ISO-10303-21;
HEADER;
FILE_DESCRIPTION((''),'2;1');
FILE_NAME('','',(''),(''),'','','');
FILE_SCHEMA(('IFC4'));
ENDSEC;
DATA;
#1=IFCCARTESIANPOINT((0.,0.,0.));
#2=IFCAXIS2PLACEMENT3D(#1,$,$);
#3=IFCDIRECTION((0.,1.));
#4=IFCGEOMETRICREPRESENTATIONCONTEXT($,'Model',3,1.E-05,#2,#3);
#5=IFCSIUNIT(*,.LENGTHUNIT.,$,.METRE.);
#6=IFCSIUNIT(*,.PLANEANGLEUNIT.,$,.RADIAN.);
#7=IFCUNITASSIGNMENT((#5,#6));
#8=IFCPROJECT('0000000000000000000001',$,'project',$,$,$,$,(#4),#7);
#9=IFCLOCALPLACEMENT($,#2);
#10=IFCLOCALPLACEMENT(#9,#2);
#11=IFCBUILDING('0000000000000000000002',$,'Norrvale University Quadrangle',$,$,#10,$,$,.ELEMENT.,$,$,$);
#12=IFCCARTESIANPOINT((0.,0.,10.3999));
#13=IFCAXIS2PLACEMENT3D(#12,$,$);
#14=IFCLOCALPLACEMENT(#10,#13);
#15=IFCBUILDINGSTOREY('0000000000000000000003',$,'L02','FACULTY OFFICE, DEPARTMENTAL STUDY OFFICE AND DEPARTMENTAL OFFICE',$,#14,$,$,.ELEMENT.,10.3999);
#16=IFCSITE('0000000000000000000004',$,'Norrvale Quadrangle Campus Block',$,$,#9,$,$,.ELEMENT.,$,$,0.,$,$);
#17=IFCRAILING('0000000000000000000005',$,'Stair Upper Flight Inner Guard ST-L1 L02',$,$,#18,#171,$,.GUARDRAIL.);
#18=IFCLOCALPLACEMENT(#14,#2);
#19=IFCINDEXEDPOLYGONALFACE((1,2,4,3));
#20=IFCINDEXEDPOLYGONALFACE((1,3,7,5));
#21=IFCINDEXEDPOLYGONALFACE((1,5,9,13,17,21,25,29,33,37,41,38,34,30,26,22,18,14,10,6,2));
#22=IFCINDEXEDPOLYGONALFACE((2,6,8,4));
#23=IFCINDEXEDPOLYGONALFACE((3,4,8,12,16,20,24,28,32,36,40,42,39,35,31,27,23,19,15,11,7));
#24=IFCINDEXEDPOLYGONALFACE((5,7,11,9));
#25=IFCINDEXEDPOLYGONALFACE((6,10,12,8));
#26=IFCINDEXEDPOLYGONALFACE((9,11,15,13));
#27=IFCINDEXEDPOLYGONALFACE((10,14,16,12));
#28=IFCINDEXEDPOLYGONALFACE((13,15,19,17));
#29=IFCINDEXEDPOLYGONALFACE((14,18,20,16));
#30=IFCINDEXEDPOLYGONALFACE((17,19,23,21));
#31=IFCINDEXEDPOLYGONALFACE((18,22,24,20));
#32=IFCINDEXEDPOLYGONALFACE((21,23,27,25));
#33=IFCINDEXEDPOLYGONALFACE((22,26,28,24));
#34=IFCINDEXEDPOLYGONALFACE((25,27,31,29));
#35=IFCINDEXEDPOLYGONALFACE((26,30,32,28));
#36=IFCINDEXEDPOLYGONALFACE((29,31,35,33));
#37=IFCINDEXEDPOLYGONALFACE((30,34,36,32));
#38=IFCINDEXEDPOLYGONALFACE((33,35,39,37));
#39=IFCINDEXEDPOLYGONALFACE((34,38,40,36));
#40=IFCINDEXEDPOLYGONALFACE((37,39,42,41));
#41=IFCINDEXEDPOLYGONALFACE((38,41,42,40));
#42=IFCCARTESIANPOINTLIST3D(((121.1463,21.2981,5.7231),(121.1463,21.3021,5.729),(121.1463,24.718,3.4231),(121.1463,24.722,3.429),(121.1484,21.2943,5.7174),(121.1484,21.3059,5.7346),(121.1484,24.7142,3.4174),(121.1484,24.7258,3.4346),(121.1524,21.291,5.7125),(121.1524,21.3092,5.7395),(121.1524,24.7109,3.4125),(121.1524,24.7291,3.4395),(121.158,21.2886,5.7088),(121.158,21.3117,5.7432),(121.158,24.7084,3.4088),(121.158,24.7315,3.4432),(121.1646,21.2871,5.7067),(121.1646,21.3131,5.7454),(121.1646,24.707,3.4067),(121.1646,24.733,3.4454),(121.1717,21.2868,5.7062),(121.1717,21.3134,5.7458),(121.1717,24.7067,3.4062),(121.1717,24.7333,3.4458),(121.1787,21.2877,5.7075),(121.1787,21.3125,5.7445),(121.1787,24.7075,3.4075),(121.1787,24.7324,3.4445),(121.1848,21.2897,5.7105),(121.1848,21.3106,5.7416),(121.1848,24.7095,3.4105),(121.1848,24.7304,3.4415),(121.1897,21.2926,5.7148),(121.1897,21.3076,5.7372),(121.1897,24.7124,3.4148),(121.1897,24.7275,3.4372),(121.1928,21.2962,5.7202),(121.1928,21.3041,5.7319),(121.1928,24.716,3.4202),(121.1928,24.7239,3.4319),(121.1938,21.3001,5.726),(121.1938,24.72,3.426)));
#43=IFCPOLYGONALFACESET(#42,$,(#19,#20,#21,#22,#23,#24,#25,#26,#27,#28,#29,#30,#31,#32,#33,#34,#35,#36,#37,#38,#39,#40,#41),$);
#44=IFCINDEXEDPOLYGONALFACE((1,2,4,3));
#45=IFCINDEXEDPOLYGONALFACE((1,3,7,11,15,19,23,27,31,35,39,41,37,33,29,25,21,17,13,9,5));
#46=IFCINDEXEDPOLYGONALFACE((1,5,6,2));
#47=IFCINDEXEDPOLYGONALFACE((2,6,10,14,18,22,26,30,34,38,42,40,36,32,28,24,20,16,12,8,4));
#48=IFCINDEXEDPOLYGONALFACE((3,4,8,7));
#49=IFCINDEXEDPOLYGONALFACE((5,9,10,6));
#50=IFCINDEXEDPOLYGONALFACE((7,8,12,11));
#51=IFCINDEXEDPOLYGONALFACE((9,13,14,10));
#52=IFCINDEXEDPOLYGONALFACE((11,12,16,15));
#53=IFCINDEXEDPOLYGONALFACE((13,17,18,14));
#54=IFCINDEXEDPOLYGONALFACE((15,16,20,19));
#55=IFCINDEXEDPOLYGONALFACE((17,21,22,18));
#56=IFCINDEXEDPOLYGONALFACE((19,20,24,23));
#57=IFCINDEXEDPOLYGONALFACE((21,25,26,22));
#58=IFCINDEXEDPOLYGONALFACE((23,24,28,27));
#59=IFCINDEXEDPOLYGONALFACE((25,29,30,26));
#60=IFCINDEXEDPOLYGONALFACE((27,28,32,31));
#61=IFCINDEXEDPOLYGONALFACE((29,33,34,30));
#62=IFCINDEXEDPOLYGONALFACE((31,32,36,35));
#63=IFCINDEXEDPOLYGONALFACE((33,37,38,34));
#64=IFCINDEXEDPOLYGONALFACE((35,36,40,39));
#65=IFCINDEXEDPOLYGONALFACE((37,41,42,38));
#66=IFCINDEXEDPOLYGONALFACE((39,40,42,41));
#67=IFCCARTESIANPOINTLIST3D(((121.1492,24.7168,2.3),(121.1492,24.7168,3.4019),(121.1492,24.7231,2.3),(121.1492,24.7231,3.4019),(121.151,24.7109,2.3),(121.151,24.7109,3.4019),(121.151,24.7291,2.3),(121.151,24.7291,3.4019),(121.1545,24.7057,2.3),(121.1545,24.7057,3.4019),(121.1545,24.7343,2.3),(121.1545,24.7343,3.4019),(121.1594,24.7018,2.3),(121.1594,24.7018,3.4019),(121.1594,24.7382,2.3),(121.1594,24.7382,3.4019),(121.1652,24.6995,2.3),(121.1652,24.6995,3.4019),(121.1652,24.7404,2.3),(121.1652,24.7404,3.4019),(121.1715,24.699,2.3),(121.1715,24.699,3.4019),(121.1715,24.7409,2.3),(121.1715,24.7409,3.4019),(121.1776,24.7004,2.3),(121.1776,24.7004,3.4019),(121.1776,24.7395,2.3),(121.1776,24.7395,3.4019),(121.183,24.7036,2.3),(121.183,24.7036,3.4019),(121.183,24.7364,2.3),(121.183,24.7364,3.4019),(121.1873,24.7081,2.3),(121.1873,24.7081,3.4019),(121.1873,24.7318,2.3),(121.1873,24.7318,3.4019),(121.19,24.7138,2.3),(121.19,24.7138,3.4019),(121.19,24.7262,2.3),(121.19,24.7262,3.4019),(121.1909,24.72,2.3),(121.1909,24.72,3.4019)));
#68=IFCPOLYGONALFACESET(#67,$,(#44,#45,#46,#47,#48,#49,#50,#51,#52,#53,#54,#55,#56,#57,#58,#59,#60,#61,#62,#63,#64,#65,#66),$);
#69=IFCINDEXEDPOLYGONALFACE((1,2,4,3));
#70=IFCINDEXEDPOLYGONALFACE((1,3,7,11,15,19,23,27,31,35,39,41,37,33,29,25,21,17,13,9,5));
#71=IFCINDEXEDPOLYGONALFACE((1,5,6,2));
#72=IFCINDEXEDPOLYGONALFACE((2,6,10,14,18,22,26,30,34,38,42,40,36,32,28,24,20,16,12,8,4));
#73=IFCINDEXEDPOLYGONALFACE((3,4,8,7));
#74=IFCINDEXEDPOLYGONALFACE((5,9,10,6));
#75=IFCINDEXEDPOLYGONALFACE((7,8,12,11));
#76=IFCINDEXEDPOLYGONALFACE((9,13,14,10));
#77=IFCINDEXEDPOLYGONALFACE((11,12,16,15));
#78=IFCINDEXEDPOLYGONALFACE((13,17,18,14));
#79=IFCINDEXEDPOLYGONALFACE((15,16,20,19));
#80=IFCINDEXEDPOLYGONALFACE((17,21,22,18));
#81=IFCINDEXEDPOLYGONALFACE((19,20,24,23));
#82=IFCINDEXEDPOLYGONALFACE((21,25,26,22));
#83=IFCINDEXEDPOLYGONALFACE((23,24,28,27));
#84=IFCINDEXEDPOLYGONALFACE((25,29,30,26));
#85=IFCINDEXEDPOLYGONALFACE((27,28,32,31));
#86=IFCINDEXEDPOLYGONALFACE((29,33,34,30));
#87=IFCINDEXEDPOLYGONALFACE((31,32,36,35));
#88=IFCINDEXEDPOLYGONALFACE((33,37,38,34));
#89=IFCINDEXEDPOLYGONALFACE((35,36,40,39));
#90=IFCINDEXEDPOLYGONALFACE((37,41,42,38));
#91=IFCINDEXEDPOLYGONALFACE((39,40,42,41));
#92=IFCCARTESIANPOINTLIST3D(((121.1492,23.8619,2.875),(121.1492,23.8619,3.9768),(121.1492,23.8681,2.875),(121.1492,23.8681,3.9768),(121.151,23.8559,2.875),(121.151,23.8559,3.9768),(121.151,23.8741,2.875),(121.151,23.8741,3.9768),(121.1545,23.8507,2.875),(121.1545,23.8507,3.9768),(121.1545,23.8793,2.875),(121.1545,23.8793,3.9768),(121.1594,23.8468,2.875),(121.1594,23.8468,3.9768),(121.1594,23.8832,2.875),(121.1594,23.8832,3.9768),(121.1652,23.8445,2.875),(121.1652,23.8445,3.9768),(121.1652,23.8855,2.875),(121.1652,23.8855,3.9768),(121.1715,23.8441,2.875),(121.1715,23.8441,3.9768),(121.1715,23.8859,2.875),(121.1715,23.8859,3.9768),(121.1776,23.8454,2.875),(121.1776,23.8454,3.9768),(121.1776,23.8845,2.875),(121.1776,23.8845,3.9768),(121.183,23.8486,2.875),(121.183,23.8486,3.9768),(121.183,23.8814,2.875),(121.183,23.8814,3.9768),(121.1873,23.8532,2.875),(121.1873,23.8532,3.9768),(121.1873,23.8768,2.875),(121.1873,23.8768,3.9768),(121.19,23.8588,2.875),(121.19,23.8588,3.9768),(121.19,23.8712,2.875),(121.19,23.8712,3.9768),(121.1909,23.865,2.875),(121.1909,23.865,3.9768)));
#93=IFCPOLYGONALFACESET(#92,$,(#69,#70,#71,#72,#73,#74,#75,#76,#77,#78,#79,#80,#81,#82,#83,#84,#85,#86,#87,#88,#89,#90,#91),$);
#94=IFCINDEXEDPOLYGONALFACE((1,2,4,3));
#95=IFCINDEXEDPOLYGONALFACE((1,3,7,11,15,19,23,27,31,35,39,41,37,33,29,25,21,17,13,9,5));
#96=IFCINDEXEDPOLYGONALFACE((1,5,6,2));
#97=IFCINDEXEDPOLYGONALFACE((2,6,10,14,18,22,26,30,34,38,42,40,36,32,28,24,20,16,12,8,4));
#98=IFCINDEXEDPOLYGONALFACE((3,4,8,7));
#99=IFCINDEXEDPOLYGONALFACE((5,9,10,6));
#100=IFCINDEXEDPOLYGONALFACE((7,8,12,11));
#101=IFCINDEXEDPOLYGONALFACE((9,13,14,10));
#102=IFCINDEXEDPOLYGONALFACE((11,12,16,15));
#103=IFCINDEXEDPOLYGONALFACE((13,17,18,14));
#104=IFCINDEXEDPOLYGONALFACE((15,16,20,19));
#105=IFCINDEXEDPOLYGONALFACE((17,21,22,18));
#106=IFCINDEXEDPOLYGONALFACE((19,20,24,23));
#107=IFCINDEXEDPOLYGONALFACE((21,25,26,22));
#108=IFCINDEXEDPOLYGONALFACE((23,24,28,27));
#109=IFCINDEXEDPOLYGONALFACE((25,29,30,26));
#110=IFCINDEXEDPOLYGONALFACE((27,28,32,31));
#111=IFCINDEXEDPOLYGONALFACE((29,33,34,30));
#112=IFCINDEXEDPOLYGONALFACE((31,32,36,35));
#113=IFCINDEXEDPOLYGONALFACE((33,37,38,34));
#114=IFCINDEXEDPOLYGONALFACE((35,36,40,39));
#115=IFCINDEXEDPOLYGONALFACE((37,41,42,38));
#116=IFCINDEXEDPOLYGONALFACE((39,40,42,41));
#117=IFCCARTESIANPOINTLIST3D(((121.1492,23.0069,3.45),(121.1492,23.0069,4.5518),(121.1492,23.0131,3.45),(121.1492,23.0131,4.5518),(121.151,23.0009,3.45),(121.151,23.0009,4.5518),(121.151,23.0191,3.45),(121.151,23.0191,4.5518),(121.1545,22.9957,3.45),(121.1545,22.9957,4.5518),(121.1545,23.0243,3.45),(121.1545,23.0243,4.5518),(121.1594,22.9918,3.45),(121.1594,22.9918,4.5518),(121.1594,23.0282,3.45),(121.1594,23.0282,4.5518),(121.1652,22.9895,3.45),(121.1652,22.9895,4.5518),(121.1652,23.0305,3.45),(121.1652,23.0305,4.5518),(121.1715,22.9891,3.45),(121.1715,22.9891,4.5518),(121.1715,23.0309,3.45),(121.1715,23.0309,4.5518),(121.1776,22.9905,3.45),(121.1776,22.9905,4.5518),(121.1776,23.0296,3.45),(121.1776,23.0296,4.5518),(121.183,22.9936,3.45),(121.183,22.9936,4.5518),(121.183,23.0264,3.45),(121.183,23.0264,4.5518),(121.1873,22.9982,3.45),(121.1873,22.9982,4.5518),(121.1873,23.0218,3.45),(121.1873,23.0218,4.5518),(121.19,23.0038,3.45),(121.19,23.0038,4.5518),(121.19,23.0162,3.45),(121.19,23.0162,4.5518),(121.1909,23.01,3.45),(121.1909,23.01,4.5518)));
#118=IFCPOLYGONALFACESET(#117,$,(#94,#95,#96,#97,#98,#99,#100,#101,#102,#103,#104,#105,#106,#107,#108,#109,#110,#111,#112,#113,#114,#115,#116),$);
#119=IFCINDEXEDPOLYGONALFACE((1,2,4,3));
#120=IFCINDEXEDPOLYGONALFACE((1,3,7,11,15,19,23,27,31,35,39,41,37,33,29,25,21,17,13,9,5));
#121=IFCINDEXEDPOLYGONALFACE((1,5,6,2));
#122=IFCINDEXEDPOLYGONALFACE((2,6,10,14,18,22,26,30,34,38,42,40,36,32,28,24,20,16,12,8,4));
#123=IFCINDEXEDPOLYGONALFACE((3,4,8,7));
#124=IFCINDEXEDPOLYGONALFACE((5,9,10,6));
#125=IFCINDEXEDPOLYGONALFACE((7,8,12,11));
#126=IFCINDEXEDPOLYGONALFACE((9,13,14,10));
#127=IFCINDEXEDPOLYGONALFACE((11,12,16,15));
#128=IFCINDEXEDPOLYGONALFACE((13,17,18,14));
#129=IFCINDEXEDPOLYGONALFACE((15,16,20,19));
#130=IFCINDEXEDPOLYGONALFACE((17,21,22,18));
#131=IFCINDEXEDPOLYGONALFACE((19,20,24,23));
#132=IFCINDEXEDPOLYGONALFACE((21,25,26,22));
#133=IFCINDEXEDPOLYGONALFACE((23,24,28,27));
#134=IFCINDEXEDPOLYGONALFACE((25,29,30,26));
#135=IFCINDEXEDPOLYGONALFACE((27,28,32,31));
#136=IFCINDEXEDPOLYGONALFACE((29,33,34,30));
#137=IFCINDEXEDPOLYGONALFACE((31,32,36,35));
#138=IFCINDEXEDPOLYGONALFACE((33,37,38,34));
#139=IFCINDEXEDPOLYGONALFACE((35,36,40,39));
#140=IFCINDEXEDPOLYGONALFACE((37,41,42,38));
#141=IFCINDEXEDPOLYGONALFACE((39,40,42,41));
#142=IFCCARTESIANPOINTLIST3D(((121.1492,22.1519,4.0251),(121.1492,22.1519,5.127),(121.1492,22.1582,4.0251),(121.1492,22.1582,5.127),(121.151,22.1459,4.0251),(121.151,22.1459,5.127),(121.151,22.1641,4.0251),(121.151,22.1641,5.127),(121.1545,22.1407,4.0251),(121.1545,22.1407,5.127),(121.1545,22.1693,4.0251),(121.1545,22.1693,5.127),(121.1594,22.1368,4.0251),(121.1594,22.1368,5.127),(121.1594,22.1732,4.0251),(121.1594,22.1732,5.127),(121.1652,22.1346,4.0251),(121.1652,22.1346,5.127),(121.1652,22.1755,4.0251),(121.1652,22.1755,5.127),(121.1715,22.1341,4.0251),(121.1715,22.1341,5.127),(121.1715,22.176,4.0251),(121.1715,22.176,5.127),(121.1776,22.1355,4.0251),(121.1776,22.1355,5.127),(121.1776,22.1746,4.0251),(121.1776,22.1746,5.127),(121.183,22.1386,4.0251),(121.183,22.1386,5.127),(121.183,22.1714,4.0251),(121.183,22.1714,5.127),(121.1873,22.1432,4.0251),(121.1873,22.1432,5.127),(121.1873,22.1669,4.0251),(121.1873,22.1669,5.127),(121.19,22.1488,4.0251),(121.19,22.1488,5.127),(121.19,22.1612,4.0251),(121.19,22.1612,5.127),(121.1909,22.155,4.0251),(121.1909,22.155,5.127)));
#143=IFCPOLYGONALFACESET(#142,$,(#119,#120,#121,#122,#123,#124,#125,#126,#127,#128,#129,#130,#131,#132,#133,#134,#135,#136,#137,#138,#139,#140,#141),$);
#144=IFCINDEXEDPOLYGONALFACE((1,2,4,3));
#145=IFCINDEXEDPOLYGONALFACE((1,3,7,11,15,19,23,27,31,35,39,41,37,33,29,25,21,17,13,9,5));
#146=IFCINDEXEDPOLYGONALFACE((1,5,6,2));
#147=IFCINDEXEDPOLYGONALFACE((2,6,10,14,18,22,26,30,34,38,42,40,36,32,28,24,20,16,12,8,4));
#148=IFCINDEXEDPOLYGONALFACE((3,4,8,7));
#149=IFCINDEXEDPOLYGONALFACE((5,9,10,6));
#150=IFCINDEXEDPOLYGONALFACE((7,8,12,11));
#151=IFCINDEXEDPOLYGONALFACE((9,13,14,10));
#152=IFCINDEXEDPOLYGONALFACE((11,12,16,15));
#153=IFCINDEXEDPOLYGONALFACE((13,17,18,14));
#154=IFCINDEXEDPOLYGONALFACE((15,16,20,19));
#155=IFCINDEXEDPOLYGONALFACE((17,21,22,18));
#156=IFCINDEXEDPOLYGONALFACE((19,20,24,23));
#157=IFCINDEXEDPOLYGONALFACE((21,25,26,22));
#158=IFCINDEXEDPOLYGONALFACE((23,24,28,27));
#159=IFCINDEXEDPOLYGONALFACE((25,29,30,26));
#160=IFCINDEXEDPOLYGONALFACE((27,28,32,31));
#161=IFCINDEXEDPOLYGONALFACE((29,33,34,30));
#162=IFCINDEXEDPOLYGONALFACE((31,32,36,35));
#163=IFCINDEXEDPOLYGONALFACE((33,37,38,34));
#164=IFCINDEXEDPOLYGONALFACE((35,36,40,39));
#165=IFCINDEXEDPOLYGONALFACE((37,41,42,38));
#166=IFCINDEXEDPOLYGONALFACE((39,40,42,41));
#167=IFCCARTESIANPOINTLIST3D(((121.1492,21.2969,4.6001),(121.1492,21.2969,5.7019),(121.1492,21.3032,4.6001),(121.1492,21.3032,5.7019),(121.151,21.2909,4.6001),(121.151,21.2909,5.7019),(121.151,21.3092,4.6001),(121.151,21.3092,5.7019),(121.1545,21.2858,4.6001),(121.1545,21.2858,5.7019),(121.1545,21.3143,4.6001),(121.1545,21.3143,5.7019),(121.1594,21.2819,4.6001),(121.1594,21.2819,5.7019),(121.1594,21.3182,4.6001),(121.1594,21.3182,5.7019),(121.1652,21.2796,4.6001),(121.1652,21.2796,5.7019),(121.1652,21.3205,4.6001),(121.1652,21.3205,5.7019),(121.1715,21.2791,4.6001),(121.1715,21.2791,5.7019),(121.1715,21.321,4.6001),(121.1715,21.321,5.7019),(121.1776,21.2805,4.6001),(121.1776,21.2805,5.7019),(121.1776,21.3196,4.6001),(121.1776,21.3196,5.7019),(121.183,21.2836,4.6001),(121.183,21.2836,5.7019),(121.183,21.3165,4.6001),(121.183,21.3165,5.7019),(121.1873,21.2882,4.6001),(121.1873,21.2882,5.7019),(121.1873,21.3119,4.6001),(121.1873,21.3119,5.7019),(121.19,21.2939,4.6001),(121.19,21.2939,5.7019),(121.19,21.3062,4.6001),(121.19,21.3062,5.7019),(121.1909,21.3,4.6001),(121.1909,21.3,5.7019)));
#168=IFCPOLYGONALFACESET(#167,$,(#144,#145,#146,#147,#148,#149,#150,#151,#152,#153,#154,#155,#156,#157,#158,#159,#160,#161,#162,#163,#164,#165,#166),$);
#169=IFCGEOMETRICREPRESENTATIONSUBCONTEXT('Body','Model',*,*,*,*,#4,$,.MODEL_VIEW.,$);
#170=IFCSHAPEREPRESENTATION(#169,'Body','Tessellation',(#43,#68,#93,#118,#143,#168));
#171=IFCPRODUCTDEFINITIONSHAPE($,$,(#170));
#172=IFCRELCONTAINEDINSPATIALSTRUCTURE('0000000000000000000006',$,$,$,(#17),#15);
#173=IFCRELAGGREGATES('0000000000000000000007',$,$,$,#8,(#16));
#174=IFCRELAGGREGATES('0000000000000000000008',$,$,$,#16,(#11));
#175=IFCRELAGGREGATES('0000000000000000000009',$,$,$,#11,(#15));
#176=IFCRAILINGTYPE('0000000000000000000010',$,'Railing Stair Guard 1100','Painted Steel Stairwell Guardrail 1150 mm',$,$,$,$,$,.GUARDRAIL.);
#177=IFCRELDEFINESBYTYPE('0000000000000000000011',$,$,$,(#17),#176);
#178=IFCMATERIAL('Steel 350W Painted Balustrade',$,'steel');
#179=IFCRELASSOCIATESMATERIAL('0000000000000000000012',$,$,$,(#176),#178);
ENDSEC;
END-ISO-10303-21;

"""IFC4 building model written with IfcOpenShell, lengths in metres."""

from ifc_helpers import new_model, si_unit, direction, frame, origin, origin_2d, place, context, subcontext, project, spatial, circle, extrude, material, type_object, element, save


model = new_model("IFC4")

# Units and contexts
model_context = context("Model", 3, precision=1e-05, world=origin(), true_north=direction((0.0, 1.0)))
body_context = subcontext(model_context, "Body", "Model", "MODEL_VIEW")
ifc_project = project(units=[si_unit("LENGTHUNIT", "METRE"), si_unit("PLANEANGLEUNIT", "RADIAN")], contexts=[model_context])

# Site, building, storey
site_placement = place(None, origin())
site = spatial("IfcSite", under=ifc_project, at=site_placement, Name="Norrvale Quadrangle Campus Block", CompositionType="ELEMENT", RefElevation=0.0)
building_placement = place(site_placement, origin())
building = spatial("IfcBuilding", under=site, at=building_placement, Name="Norrvale University Quadrangle", CompositionType="ELEMENT")
storey_placement = place(building_placement, frame((0.0, 0.0, 10.3999)))
storey = spatial("IfcBuildingStorey", under=building, at=storey_placement, Name="L02", Description="FACULTY OFFICE, DEPARTMENTAL STUDY OFFICE AND DEPARTMENTAL OFFICE", CompositionType="ELEMENT", Elevation=10.3999)

# Railing
ifc_material_1 = material(Name="Steel 350W Painted Balustrade", Category="steel")
railing_type_1 = type_object("IfcRailingType", Name="Railing Stair Guard 1100", Description="Painted Steel Stairwell Guardrail 1150 mm", PredefinedType="GUARDRAIL", material=ifc_material_1)
railing_1_placement = place(storey_placement, frame((121.1699, 24.72, 2.3)))
element("IfcRailing", 1, at=railing_1_placement, inside=storey, type_object=railing_type_1, Name="Stair Upper Flight Inner Guard ST-L1 L02", PredefinedType="GUARDRAIL", context=body_context, shape_type="SweptSolid", body=[
    extrude(circle(Radius=0.0239, at=origin_2d()), frame((0.0, 0.0, 1.126), z_axis=(0.0, -0.829792, 0.558072), x_axis=(1.0, 0.0, 0.0)), (0.0, 0.0, 1.0), 4.1213),
    extrude(circle(Radius=0.021, at=origin_2d()), origin(), (0.0, 0.0, 1.0), 1.1018),
    extrude(circle(Radius=0.021, at=origin_2d()), frame((0.0, -0.855, 0.575)), (0.0, 0.0, 1.0), 1.1018),
    extrude(circle(Radius=0.021, at=origin_2d()), frame((0.0, -1.71, 1.1499)), (0.0, 0.0, 1.0), 1.1018),
    extrude(circle(Radius=0.021, at=origin_2d()), frame((0.0, -2.5649, 1.7251)), (0.0, 0.0, 1.0), 1.1018),
    extrude(circle(Radius=0.021, at=origin_2d()), frame((0.0, -3.4199, 2.3)), (0.0, 0.0, 1.0), 1.1018),
])

save(model, "model.ifc")
